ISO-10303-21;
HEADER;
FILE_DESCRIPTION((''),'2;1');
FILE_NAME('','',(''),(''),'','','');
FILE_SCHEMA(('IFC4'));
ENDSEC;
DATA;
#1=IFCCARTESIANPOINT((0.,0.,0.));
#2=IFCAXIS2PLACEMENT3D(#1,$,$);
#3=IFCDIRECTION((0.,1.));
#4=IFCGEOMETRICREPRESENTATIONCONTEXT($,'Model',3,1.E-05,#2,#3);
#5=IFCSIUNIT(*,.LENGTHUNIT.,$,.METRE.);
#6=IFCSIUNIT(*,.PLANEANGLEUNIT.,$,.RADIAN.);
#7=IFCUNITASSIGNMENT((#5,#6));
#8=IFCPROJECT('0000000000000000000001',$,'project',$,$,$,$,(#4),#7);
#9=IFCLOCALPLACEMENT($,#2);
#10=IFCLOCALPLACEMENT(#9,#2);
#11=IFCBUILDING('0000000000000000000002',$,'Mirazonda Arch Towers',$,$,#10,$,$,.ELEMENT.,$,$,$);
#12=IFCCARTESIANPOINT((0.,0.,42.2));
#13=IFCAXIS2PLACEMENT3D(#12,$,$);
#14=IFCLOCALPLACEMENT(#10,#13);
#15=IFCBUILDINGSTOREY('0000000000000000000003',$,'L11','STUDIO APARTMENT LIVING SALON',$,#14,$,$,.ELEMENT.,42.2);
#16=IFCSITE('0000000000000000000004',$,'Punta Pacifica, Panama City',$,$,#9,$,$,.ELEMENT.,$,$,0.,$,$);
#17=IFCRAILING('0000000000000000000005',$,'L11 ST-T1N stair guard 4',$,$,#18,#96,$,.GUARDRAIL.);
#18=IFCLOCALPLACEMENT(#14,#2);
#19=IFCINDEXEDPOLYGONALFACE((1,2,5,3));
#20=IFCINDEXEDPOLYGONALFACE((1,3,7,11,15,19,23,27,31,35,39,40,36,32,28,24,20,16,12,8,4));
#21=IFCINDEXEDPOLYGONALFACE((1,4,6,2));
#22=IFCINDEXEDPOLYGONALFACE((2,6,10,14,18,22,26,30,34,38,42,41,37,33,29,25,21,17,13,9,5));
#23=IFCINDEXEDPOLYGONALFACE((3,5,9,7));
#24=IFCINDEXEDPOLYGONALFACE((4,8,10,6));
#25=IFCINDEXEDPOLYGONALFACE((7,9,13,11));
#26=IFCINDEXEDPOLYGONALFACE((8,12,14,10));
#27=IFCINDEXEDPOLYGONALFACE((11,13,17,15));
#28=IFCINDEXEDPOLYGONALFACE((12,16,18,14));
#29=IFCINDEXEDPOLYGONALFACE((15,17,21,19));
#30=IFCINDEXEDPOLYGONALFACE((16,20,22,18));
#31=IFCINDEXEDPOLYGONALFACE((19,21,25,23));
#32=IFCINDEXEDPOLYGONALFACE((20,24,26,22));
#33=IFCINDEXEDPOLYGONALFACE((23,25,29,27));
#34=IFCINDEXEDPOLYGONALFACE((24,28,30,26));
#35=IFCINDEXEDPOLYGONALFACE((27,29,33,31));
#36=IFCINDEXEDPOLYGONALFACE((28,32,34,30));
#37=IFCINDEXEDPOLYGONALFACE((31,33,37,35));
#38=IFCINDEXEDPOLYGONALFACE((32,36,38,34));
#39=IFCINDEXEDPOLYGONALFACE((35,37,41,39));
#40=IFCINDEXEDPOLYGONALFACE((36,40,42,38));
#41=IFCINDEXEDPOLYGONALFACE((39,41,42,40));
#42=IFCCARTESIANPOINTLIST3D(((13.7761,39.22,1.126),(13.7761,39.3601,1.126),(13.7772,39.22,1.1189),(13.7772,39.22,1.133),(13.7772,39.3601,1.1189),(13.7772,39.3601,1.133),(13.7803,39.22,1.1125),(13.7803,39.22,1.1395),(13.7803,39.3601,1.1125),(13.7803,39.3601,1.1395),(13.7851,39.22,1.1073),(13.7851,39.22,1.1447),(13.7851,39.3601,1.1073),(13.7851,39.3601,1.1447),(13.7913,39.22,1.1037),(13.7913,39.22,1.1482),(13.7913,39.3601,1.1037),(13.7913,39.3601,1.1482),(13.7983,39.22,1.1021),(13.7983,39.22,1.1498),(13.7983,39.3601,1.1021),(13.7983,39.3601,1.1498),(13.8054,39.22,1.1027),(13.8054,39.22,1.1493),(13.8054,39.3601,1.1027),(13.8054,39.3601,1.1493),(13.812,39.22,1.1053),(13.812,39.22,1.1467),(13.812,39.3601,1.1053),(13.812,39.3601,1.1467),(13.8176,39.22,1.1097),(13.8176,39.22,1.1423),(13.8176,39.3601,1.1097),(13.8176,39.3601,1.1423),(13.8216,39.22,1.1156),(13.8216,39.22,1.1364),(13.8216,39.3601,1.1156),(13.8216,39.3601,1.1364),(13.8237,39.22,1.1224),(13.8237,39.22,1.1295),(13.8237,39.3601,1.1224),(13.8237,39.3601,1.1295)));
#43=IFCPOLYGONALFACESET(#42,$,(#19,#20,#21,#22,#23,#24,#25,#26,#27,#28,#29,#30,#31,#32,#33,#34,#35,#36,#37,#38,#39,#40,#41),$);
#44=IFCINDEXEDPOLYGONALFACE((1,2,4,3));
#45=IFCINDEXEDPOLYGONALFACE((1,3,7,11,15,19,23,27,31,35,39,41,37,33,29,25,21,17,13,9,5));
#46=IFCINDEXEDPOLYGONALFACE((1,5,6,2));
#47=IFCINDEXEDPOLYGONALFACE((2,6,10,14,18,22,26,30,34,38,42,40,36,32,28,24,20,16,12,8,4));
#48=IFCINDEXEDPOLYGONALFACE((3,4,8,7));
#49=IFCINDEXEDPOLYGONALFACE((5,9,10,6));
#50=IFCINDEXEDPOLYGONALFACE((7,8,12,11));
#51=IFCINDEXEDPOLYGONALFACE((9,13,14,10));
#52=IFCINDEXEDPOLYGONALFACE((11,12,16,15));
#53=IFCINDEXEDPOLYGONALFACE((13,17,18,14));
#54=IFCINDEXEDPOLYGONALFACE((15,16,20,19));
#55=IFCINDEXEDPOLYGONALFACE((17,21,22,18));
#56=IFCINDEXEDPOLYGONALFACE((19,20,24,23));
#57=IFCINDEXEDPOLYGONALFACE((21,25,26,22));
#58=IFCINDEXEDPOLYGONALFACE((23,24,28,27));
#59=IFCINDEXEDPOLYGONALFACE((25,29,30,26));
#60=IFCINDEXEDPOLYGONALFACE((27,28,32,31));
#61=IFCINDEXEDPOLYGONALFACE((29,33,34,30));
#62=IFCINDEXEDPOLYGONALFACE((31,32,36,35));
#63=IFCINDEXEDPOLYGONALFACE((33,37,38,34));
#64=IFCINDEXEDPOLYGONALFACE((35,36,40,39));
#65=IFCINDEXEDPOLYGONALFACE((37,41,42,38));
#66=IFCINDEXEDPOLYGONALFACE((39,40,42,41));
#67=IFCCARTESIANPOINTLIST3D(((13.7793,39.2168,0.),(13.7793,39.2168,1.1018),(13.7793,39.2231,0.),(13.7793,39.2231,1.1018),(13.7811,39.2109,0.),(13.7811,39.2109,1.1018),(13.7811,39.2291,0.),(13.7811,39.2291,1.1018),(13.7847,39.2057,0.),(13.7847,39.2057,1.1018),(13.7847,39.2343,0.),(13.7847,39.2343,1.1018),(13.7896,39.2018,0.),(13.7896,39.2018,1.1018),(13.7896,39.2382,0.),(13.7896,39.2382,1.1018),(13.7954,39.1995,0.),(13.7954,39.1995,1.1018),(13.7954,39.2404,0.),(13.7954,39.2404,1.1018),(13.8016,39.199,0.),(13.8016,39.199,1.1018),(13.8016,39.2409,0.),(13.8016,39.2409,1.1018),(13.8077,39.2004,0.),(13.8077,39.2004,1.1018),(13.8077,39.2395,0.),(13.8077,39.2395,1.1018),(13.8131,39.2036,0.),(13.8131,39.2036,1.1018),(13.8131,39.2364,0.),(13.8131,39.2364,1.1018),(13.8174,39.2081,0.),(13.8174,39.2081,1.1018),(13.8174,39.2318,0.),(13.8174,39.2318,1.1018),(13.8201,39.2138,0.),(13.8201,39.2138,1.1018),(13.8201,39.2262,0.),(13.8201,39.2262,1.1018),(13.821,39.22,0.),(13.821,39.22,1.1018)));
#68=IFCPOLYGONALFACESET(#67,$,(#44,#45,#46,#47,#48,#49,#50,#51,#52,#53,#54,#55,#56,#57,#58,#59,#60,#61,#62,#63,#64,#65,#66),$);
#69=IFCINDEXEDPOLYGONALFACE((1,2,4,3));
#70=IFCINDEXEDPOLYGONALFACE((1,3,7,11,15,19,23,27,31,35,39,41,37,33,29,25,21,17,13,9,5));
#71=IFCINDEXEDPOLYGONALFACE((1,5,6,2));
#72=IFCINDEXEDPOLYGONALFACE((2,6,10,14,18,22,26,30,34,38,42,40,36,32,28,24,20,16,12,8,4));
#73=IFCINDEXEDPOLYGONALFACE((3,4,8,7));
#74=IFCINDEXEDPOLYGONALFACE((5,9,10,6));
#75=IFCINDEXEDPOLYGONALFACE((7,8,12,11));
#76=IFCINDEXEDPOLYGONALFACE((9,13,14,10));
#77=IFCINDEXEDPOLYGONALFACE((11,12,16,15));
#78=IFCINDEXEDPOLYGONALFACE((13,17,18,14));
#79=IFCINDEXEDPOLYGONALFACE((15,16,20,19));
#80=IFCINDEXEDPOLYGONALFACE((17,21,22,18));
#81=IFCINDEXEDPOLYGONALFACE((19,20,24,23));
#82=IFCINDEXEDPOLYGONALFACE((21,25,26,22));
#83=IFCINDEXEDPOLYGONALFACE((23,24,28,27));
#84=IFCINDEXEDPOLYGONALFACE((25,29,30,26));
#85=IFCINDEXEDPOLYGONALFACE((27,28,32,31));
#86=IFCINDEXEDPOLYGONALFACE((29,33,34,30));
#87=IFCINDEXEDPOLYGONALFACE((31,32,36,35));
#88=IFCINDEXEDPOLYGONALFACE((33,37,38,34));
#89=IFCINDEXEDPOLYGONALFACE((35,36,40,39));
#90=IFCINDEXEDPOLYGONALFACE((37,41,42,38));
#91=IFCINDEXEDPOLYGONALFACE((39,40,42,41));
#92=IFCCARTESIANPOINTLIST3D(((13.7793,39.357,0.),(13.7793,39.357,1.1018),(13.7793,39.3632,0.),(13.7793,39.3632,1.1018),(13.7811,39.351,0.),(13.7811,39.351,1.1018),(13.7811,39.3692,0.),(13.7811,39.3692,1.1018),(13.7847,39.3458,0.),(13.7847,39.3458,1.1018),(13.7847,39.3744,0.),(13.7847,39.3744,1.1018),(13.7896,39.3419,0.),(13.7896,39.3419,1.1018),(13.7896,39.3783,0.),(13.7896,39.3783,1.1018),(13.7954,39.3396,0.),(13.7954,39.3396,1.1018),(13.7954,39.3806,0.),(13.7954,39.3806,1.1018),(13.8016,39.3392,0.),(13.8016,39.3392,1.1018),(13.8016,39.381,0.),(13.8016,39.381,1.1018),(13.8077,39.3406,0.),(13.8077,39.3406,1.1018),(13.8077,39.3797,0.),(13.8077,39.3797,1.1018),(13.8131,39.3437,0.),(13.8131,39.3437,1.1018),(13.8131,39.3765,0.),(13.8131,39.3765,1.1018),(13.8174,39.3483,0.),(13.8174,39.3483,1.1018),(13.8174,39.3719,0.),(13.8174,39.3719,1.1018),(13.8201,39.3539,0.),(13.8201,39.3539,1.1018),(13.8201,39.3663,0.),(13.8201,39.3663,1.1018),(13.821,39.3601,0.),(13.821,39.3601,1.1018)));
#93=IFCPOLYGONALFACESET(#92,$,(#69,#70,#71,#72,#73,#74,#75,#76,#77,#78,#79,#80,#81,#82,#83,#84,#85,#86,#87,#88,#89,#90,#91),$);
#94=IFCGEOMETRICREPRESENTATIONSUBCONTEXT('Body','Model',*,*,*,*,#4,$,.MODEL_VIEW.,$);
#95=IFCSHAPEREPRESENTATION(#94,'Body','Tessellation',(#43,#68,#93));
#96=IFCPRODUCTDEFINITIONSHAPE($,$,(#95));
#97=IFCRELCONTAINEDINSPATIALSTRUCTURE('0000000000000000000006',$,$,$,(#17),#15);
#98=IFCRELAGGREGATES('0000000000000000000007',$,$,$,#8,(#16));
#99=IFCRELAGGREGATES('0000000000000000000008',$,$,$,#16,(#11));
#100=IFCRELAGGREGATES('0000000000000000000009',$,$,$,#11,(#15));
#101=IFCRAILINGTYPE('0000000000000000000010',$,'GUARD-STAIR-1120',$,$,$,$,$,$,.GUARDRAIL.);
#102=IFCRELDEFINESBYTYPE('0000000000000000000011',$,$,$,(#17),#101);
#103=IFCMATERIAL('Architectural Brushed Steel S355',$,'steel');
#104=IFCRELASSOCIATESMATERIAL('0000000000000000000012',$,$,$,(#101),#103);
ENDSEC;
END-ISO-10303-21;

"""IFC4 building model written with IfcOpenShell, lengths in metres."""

from ifc_helpers import new_model, si_unit, direction, frame, origin, origin_2d, place, context, subcontext, project, spatial, circle, extrude, material, type_object, element, save


model = new_model("IFC4")

# Units and contexts
model_context = context("Model", 3, precision=1e-05, world=origin(), true_north=direction((0.0, 1.0)))
body_context = subcontext(model_context, "Body", "Model", "MODEL_VIEW")
ifc_project = project(units=[si_unit("LENGTHUNIT", "METRE"), si_unit("PLANEANGLEUNIT", "RADIAN")], contexts=[model_context])

# Site, building, storey
site_placement = place(None, origin())
site = spatial("IfcSite", under=ifc_project, at=site_placement, Name="Punta Pacifica, Panama City", CompositionType="ELEMENT", RefElevation=0.0)
building_placement = place(site_placement, origin())
building = spatial("IfcBuilding", under=site, at=building_placement, Name="Mirazonda Arch Towers", CompositionType="ELEMENT")
storey_placement = place(building_placement, frame((0.0, 0.0, 42.2)))
storey = spatial("IfcBuildingStorey", under=building, at=storey_placement, Name="L11", Description="STUDIO APARTMENT LIVING SALON", CompositionType="ELEMENT", Elevation=42.2)

# Shared definitions
ifc_material_1 = material(Name="Architectural Brushed Steel S355", Category="steel")

# Railing
railing_type_1 = type_object("IfcRailingType", Name="GUARD-STAIR-1120", PredefinedType="GUARDRAIL", material=ifc_material_1)
railing_1_placement = place(storey_placement, frame((13.8, 39.22, 0.0)))
element("IfcRailing", 1, at=railing_1_placement, inside=storey, type_object=railing_type_1, Name="L11 ST-T1N stair guard 4", PredefinedType="GUARDRAIL", context=body_context, shape_type="SweptSolid", body=[
    extrude(circle(Radius=0.0239, at=origin_2d()), frame((0.0, 0.0, 1.126), z_axis=(0.0, 1.0, 0.0), x_axis=(-1.0, 0.0, 0.0)), (0.0, 0.0, 1.0), 0.1401),
    extrude(circle(Radius=0.021, at=origin_2d()), origin(), (0.0, 0.0, 1.0), 1.1018),
    extrude(circle(Radius=0.021, at=origin_2d()), frame((0.0, 0.1401, 0.0)), (0.0, 0.0, 1.0), 1.1018),
])

save(model, "model.ifc")
